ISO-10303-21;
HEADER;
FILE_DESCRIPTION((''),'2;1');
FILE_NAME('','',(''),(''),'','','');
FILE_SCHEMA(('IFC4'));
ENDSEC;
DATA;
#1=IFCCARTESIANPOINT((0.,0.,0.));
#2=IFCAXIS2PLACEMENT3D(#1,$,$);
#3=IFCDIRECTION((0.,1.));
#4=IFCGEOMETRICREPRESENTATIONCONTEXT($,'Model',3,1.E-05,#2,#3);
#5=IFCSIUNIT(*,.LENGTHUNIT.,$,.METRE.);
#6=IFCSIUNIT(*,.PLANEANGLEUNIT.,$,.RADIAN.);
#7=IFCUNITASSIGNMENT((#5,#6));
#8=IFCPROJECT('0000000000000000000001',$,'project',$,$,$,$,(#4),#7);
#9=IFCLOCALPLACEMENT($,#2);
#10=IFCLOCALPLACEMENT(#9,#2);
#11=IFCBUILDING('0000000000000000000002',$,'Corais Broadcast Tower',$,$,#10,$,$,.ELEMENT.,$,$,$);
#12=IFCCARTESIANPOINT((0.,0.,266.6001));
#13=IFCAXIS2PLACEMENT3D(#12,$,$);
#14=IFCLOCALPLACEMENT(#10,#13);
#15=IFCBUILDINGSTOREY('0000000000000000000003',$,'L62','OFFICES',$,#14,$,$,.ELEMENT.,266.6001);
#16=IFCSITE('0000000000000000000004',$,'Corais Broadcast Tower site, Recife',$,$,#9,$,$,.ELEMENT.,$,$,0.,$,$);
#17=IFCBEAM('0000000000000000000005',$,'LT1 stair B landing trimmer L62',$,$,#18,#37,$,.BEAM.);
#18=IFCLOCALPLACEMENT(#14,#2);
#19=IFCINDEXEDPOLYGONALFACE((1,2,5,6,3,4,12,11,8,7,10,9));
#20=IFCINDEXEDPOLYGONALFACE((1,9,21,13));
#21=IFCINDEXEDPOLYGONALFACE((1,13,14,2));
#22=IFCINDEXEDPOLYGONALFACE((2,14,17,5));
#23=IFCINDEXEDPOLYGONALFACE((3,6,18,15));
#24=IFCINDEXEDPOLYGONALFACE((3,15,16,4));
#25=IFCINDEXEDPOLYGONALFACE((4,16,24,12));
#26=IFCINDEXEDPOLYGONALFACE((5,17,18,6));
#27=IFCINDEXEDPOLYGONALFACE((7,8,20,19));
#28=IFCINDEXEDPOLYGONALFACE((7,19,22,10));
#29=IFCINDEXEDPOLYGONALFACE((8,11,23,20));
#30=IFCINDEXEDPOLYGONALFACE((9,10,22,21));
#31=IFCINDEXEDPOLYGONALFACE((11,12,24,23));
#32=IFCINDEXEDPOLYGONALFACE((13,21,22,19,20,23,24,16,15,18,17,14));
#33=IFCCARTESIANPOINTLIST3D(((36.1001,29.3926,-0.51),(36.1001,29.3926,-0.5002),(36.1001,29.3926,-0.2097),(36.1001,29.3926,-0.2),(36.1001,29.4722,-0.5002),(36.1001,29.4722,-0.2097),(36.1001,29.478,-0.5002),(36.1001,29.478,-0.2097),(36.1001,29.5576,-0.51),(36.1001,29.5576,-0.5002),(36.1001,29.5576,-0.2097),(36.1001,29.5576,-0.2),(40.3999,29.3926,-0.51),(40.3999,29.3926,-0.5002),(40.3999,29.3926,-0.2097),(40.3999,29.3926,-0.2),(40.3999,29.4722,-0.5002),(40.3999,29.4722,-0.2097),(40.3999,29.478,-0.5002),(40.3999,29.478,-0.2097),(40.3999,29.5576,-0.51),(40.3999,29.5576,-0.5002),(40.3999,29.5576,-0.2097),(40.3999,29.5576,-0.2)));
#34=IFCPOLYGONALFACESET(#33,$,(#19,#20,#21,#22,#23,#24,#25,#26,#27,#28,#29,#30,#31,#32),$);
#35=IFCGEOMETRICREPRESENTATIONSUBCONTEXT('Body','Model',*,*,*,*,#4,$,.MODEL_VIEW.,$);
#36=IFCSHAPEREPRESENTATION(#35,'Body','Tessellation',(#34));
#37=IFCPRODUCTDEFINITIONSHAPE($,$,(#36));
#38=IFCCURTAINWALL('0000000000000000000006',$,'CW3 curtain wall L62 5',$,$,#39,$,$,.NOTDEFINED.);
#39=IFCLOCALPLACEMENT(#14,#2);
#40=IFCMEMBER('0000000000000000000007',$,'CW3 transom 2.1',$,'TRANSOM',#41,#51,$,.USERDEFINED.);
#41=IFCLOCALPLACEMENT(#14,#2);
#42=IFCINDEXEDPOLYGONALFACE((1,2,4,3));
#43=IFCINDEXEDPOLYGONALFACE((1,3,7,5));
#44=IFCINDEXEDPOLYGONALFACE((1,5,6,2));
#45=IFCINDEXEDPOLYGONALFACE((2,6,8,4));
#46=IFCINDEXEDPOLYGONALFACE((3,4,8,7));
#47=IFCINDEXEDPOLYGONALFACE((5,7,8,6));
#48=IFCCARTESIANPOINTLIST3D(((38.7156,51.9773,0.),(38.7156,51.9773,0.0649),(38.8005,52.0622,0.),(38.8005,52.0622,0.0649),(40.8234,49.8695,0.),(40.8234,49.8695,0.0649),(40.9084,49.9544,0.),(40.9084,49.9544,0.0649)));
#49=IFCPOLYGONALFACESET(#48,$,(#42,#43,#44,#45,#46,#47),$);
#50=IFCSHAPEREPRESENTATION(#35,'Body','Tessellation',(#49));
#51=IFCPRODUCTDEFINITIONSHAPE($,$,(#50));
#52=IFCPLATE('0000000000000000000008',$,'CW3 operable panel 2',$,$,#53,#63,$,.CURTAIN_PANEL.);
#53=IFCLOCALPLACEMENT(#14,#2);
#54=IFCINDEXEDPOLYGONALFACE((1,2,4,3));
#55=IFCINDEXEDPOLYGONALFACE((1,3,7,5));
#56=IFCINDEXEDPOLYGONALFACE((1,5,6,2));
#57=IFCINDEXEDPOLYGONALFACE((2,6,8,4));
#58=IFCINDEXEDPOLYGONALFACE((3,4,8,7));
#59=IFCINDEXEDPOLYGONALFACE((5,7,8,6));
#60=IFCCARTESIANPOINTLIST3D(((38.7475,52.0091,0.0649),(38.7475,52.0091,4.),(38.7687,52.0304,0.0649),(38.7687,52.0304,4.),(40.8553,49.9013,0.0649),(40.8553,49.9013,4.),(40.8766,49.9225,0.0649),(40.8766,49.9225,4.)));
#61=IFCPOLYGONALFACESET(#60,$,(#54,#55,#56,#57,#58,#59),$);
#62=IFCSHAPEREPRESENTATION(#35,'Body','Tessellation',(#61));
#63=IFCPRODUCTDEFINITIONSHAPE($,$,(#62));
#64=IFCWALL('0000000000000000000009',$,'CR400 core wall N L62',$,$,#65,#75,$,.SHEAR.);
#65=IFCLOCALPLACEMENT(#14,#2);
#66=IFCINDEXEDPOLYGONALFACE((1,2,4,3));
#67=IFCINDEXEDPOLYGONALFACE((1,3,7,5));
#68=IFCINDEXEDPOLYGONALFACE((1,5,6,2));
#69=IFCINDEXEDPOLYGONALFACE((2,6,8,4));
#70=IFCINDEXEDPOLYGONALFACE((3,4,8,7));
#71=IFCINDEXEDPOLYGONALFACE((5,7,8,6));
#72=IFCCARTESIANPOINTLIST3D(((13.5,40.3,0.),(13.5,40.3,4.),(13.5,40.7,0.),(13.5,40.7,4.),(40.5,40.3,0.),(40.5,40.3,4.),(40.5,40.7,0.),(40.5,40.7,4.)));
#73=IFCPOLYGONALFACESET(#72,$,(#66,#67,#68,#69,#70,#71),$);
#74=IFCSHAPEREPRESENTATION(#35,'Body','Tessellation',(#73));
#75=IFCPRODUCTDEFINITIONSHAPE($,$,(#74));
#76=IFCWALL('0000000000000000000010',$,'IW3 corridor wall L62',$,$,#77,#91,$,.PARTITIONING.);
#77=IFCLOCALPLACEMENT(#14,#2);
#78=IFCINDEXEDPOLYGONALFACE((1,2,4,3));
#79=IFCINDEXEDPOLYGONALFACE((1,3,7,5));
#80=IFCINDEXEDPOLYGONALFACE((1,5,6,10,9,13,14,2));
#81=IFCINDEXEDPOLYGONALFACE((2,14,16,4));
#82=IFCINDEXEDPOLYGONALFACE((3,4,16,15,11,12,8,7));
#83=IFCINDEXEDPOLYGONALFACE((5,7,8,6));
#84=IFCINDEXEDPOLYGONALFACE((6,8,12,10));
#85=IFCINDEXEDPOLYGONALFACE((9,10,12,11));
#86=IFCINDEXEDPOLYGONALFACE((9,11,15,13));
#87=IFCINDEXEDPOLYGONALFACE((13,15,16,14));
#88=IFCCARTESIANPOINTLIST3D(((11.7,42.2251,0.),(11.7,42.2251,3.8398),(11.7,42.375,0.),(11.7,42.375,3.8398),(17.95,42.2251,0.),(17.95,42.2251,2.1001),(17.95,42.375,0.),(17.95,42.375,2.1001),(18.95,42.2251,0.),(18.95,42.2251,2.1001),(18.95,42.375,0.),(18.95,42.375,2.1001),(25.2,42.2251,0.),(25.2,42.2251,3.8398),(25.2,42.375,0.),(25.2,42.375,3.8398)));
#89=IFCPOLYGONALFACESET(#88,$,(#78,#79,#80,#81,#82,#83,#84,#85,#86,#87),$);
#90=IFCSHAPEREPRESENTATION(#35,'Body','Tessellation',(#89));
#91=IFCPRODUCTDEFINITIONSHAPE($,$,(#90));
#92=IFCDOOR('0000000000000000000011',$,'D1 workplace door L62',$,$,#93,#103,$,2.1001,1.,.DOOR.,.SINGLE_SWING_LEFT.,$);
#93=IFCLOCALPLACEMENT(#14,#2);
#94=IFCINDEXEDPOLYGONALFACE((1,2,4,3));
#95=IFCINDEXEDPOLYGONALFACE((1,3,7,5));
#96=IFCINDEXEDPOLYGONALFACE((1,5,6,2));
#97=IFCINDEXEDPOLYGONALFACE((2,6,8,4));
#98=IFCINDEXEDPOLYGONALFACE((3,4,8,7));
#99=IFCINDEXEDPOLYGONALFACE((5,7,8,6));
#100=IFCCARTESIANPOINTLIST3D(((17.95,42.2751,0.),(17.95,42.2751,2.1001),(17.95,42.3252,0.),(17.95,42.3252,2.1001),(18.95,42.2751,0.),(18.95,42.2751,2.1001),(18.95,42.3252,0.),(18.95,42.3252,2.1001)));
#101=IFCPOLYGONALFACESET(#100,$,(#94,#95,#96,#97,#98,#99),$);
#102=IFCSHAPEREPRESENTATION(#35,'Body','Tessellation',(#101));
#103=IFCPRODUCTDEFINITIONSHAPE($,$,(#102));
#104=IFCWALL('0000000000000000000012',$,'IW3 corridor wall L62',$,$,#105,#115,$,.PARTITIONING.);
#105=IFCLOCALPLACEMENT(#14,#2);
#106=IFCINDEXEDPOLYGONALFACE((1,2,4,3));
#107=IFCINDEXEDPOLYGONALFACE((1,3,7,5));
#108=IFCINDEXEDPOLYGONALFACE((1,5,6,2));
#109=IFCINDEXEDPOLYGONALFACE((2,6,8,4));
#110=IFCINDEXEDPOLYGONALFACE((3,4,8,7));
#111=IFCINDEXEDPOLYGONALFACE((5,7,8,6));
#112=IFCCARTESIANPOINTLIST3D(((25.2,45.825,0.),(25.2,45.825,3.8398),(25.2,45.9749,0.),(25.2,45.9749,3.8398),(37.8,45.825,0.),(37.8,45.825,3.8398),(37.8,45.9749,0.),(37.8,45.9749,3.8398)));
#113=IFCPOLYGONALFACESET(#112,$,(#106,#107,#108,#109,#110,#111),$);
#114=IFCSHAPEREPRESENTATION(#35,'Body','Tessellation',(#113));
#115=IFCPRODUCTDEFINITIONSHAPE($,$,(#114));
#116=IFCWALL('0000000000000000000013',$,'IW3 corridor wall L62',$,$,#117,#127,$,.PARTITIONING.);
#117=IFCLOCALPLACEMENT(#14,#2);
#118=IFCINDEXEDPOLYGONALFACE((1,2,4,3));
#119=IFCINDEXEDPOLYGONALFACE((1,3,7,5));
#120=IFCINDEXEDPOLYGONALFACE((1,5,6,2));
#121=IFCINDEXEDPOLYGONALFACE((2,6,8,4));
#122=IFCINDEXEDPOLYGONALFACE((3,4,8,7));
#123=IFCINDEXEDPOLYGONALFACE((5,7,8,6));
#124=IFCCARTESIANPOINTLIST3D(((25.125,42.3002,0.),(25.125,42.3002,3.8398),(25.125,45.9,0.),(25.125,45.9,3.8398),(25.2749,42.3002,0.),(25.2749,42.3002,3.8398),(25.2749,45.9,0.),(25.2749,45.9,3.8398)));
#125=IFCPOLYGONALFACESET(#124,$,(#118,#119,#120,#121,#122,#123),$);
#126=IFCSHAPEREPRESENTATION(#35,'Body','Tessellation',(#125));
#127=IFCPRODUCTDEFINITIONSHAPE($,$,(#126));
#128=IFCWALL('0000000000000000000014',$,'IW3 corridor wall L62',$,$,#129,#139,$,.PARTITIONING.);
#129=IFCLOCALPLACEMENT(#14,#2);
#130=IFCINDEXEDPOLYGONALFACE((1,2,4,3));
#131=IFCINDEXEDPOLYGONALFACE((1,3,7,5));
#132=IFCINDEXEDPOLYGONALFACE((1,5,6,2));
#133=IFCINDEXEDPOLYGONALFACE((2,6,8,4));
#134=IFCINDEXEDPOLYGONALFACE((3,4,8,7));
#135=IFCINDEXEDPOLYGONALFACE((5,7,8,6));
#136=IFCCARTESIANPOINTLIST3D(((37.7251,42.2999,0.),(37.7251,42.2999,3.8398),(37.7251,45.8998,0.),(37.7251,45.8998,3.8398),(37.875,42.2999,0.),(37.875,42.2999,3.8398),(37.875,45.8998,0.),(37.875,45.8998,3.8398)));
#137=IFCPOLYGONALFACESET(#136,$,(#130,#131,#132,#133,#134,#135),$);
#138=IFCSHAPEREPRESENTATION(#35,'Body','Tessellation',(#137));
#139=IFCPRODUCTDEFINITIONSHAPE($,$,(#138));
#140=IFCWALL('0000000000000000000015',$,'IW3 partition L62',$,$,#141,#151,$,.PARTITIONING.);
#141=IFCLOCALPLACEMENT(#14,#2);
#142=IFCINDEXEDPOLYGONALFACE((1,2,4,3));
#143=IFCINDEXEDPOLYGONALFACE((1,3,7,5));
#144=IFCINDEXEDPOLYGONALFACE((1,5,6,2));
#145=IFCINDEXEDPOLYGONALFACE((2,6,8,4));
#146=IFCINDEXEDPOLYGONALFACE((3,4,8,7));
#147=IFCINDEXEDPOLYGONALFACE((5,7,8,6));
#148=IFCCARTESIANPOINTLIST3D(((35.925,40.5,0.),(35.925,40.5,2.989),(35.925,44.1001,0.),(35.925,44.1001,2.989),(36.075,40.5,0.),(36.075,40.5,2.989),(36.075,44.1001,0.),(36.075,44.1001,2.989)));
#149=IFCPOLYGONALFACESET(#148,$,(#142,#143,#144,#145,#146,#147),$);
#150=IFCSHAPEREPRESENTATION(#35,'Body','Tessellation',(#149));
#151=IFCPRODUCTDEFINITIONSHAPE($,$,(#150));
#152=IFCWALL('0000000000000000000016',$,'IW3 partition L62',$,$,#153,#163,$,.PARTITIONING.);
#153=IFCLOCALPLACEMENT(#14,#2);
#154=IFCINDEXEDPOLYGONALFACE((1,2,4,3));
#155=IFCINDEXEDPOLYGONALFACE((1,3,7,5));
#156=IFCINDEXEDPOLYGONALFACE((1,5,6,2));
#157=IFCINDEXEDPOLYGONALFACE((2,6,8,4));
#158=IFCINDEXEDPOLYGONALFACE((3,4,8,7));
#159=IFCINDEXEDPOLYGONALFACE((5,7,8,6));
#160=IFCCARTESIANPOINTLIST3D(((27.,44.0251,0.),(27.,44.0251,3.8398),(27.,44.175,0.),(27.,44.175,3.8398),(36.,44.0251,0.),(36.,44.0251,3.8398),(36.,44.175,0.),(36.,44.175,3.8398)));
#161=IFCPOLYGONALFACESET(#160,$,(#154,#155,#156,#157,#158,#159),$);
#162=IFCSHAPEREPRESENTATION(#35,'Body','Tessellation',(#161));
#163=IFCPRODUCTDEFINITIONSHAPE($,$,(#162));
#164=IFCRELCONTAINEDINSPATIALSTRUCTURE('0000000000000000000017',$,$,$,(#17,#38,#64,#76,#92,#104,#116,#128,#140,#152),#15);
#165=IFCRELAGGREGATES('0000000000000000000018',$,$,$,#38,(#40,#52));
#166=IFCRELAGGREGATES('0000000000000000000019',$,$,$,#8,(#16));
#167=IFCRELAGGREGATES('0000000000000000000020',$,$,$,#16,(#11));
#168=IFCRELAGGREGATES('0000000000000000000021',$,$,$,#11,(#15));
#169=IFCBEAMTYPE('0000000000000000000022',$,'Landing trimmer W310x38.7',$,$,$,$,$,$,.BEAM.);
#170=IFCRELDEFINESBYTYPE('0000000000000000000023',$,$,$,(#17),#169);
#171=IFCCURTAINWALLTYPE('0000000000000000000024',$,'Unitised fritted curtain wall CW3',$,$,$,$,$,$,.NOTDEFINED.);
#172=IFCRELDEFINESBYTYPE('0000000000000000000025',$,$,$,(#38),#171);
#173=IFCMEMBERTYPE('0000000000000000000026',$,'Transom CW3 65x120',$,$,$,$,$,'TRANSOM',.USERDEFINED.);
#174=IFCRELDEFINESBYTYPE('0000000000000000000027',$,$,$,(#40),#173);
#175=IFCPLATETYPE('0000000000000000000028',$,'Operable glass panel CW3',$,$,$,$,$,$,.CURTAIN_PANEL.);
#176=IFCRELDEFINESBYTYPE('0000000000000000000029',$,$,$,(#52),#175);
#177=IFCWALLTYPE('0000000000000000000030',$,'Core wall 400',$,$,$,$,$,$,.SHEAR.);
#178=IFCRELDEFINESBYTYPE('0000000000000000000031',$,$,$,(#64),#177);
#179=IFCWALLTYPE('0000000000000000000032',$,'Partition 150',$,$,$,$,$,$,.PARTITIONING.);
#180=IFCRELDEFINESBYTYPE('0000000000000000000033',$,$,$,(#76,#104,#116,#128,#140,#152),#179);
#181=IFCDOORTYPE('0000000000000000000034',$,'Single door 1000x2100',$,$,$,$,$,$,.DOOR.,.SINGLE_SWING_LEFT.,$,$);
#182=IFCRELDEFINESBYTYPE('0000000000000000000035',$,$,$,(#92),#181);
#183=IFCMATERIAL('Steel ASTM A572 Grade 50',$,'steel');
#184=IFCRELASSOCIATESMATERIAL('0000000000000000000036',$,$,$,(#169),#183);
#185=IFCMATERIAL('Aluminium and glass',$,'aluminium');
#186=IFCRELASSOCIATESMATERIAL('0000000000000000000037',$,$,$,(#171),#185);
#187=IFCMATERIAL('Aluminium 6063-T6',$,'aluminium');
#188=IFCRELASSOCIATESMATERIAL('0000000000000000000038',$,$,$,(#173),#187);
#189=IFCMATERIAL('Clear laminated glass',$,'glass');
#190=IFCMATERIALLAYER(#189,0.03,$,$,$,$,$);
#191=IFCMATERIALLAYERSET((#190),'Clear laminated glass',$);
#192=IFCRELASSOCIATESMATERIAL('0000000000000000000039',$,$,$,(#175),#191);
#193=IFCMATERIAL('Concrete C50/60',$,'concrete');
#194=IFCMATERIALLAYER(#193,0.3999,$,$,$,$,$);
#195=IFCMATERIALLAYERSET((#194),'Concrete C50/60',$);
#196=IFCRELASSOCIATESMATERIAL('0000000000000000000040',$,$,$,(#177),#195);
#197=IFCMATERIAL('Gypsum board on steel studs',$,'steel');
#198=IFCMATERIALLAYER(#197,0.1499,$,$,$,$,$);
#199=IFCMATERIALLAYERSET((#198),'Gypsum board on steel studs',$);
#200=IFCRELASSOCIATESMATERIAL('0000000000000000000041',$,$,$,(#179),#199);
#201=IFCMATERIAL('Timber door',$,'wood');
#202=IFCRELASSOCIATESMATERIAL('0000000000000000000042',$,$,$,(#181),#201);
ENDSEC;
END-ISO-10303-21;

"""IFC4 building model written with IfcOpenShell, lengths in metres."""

from ifc_helpers import new_model, si_unit, direction, frame, frame_2d, origin, origin_2d, place, context, subcontext, project, spatial, rectangle, i_section, extrude, material, layer, layer_set, material_profile, profile_set, type_object, element, fill, aggregate, save


model = new_model("IFC4")

# Units and contexts
model_context = context("Model", 3, precision=1e-05, world=origin(), true_north=direction((0.0, 1.0)))
body_context = subcontext(model_context, "Body", "Model", "MODEL_VIEW")
ifc_project = project(units=[si_unit("LENGTHUNIT", "METRE"), si_unit("PLANEANGLEUNIT", "RADIAN")], contexts=[model_context])

# Site, building, storey
site_placement = place(None, origin())
site = spatial("IfcSite", under=ifc_project, at=site_placement, Name="Corais Broadcast Tower site, Recife", CompositionType="ELEMENT", RefElevation=0.0)
building_placement = place(site_placement, origin())
building = spatial("IfcBuilding", under=site, at=building_placement, Name="Corais Broadcast Tower", CompositionType="ELEMENT")
storey_placement = place(building_placement, frame((0.0, 0.0, 266.6001)))
storey = spatial("IfcBuildingStorey", under=building, at=storey_placement, Name="L62", Description="OFFICES", CompositionType="ELEMENT", Elevation=266.6001)

# Beam
ifc_material_1 = material(Name="Steel ASTM A572 Grade 50", Category="steel")
ifc_material_profile_1 = material_profile(ifc_material_1, i_section(OverallWidth=0.165, OverallDepth=0.3101, WebThickness=0.0059, FlangeThickness=0.0098, at=origin_2d()), Name="W310x38.7")
ifc_profile_set_1 = profile_set([ifc_material_profile_1], Name="Steel ASTM A572 Grade 50")
beam_type = type_object("IfcBeamType", Name="Landing trimmer W310x38.7", PredefinedType="BEAM", material=ifc_profile_set_1)
beam_placement = place(storey_placement, frame((36.1001, 29.4751, -0.355), z_axis=(1.0, 0.0, 0.0), x_axis=(0.0, 1.0, 0.0)))
element("IfcBeam", 1, at=beam_placement, inside=storey, type_object=beam_type, Name="LT1 stair B landing trimmer L62", PredefinedType="BEAM", context=body_context, shape_type="SweptSolid", body=[
    extrude(i_section(OverallWidth=0.165, OverallDepth=0.3101, WebThickness=0.0059, FlangeThickness=0.0098, at=origin_2d()), origin(), (0.0, 0.0, 1.0), 4.2998),
])

# Curtain wall, member, plate
ifc_material_2 = material(Name="Aluminium and glass", Category="aluminium")
curtain_wall_type = type_object("IfcCurtainWallType", Name="Unitised fritted curtain wall CW3", PredefinedType="NOTDEFINED", material=ifc_material_2)
curtain_wall_placement = place(storey_placement, origin())
curtain_wall = element("IfcCurtainWall", 2, at=curtain_wall_placement, inside=storey, type_object=curtain_wall_type, Name="CW3 curtain wall L62 5", PredefinedType="NOTDEFINED")
ifc_material_3 = material(Name="Aluminium 6063-T6", Category="aluminium")
ifc_material_profile_2 = material_profile(ifc_material_3, rectangle(XDim=0.1201, YDim=0.0649, at=origin_2d()), Name="Transom CW3 65x120")
ifc_profile_set_2 = profile_set([ifc_material_profile_2], Name="Aluminium 6063-T6")
member_type = type_object("IfcMemberType", Name="Transom CW3 65x120", ElementType="TRANSOM", PredefinedType="USERDEFINED", material=ifc_profile_set_2)
member_placement = place(storey_placement, frame((38.7581, 52.0198, 0.0325), z_axis=(0.707107, -0.707107, 0.0), x_axis=(0.707107, 0.707107, 0.0)))
member = element("IfcMember", 3, at=member_placement, type_object=member_type, Name="CW3 transom 2.1", ObjectType="TRANSOM", PredefinedType="USERDEFINED", context=body_context, shape_type="SweptSolid", body=[
    extrude(rectangle(XDim=0.1201, YDim=0.0649, at=origin_2d()), origin(), (0.0, 0.0, 1.0), 2.981),
])
ifc_material_4 = material(Name="Clear laminated glass", Category="glass")
ifc_layer_1 = layer(ifc_material_4, 0.03)
ifc_layer_set_1 = layer_set([ifc_layer_1], Name="Clear laminated glass")
plate_type = type_object("IfcPlateType", Name="Operable glass panel CW3", PredefinedType="CURTAIN_PANEL", material=ifc_layer_set_1)
plate_placement = place(storey_placement, frame((39.812, 50.9658, 0.0649), z_axis=(0.0, 0.0, 1.0), x_axis=(0.707107, -0.707107, 0.0)))
plate = element("IfcPlate", 4, at=plate_placement, type_object=plate_type, Name="CW3 operable panel 2", PredefinedType="CURTAIN_PANEL", context=body_context, shape_type="SweptSolid", body=[
    extrude(rectangle(XDim=2.981, YDim=0.03, at=origin_2d()), origin(), (0.0, 0.0, 1.0), 3.9351),
])
aggregate(curtain_wall, [member, plate])

# Wall
ifc_material_5 = material(Name="Concrete C50/60", Category="concrete")
ifc_layer_2 = layer(ifc_material_5, 0.3999)
ifc_layer_set_2 = layer_set([ifc_layer_2], Name="Concrete C50/60")
wall_type_1 = type_object("IfcWallType", Name="Core wall 400", PredefinedType="SHEAR", material=ifc_layer_set_2)
wall_1_placement = place(storey_placement, frame((40.5, 40.5, 0.0), z_axis=(0.0, 0.0, 1.0), x_axis=(-1.0, 0.0, 0.0)))
element("IfcWall", 5, at=wall_1_placement, inside=storey, type_object=wall_type_1, Name="CR400 core wall N L62", PredefinedType="SHEAR", context=body_context, shape_type="SweptSolid", body=[
    extrude(rectangle(XDim=27.0, YDim=0.3999, at=frame_2d((13.5, 0.0))), origin(), (0.0, 0.0, 1.0), 4.0),
])

# Wall, opening, door
ifc_material_6 = material(Name="Gypsum board on steel studs", Category="steel")
ifc_layer_3 = layer(ifc_material_6, 0.1499)
ifc_layer_set_3 = layer_set([ifc_layer_3], Name="Gypsum board on steel studs")
wall_type_2 = type_object("IfcWallType", Name="Partition 150", PredefinedType="PARTITIONING", material=ifc_layer_set_3)
wall_2_placement = place(storey_placement, frame((25.2, 42.3, 0.0), z_axis=(0.0, 0.0, 1.0), x_axis=(-1.0, 0.0, 0.0)))
wall_2 = element("IfcWall", 6, at=wall_2_placement, inside=storey, type_object=wall_type_2, Name="IW3 corridor wall L62", PredefinedType="PARTITIONING", context=body_context, shape_type="SweptSolid", body=[
    extrude(rectangle(XDim=13.5, YDim=0.1499, at=frame_2d((6.75, 0.0))), origin(), (0.0, 0.0, 1.0), 3.8398),
])
opening_1_placement = place(wall_2_placement, frame((6.25, 0.0, 0.0)))
opening_1 = element("IfcOpeningElement", 7, at=opening_1_placement, cuts=wall_2, PredefinedType="OPENING", context=body_context, shape_type="SweptSolid", body=[
    extrude(rectangle(XDim=1.0, YDim=2.1001, at=frame_2d((0.5, 1.05))), frame((0.0, 0.085, 0.0), z_axis=(0.0, -1.0, 0.0), x_axis=(1.0, 0.0, 0.0)), (0.0, 0.0, 1.0), 0.1699),
])
ifc_material_7 = material(Name="Timber door", Category="wood")
door_type = type_object("IfcDoorType", Name="Single door 1000x2100", OperationType="SINGLE_SWING_LEFT", PredefinedType="DOOR", material=ifc_material_7)
door_1_placement = place(opening_1_placement, origin())
door_1 = element("IfcDoor", 8, at=door_1_placement, inside=storey, type_object=door_type, Name="D1 workplace door L62", OperationType="SINGLE_SWING_LEFT", OverallHeight=2.1001, OverallWidth=1.0, PredefinedType="DOOR", context=body_context, shape_type="SweptSolid", body=[
    extrude(rectangle(XDim=1.0, YDim=2.1001, at=frame_2d((0.5, 1.05))), frame((0.0, 0.0249, 0.0), z_axis=(0.0, -1.0, 0.0), x_axis=(1.0, 0.0, 0.0)), (0.0, 0.0, 1.0), 0.05),
])
fill(opening_1, door_1)

# Walls
wall_3_placement = place(storey_placement, frame((37.8, 45.8999, 0.0), z_axis=(0.0, 0.0, 1.0), x_axis=(-1.0, 0.0, 0.0)))
element("IfcWall", 9, at=wall_3_placement, inside=storey, type_object=wall_type_2, Name="IW3 corridor wall L62", PredefinedType="PARTITIONING", context=body_context, shape_type="SweptSolid", body=[
    extrude(rectangle(XDim=12.6001, YDim=0.1499, at=frame_2d((6.3, 0.0))), origin(), (0.0, 0.0, 1.0), 3.8398),
])
for number, where, z_axis, x_axis, name in (
    (10, (25.2, 45.8999, 0.0), (0.0, 0.0, 1.0), (0.0, -1.0, 0.0), "IW3 corridor wall L62"),
    (11, (37.8, 42.3, 0.0), (0.0, 0.0, 1.0), (0.0, 1.0, 0.0), "IW3 corridor wall L62"),
):
    element("IfcWall", number, at=place(storey_placement, frame(where, z_axis=z_axis, x_axis=x_axis)), inside=storey, type_object=wall_type_2, Name=name, PredefinedType="PARTITIONING", context=body_context, shape_type="SweptSolid", body=[
        extrude(rectangle(XDim=3.5999, YDim=0.1499, at=frame_2d((1.7998, 0.0))), origin(), (0.0, 0.0, 1.0), 3.8398),
    ])
wall_4_placement = place(storey_placement, frame((36.0, 40.5, 0.0), z_axis=(0.0, 0.0, 1.0), x_axis=(0.0, 1.0, 0.0)))
element("IfcWall", 12, at=wall_4_placement, inside=storey, type_object=wall_type_2, Name="IW3 partition L62", PredefinedType="PARTITIONING", context=body_context, shape_type="SweptSolid", body=[
    extrude(rectangle(XDim=3.6001, YDim=0.1499, at=frame_2d((1.8, 0.0))), origin(), (0.0, 0.0, 1.0), 2.989),
])
wall_5_placement = place(storey_placement, frame((36.0, 44.1001, 0.0), z_axis=(0.0, 0.0, 1.0), x_axis=(-1.0, 0.0, 0.0)))
element("IfcWall", 13, at=wall_5_placement, inside=storey, type_object=wall_type_2, Name="IW3 partition L62", PredefinedType="PARTITIONING", context=body_context, shape_type="SweptSolid", body=[
    extrude(rectangle(XDim=9.0, YDim=0.1499, at=frame_2d((4.5, 0.0))), origin(), (0.0, 0.0, 1.0), 3.8398),
])

save(model, "model.ifc")
